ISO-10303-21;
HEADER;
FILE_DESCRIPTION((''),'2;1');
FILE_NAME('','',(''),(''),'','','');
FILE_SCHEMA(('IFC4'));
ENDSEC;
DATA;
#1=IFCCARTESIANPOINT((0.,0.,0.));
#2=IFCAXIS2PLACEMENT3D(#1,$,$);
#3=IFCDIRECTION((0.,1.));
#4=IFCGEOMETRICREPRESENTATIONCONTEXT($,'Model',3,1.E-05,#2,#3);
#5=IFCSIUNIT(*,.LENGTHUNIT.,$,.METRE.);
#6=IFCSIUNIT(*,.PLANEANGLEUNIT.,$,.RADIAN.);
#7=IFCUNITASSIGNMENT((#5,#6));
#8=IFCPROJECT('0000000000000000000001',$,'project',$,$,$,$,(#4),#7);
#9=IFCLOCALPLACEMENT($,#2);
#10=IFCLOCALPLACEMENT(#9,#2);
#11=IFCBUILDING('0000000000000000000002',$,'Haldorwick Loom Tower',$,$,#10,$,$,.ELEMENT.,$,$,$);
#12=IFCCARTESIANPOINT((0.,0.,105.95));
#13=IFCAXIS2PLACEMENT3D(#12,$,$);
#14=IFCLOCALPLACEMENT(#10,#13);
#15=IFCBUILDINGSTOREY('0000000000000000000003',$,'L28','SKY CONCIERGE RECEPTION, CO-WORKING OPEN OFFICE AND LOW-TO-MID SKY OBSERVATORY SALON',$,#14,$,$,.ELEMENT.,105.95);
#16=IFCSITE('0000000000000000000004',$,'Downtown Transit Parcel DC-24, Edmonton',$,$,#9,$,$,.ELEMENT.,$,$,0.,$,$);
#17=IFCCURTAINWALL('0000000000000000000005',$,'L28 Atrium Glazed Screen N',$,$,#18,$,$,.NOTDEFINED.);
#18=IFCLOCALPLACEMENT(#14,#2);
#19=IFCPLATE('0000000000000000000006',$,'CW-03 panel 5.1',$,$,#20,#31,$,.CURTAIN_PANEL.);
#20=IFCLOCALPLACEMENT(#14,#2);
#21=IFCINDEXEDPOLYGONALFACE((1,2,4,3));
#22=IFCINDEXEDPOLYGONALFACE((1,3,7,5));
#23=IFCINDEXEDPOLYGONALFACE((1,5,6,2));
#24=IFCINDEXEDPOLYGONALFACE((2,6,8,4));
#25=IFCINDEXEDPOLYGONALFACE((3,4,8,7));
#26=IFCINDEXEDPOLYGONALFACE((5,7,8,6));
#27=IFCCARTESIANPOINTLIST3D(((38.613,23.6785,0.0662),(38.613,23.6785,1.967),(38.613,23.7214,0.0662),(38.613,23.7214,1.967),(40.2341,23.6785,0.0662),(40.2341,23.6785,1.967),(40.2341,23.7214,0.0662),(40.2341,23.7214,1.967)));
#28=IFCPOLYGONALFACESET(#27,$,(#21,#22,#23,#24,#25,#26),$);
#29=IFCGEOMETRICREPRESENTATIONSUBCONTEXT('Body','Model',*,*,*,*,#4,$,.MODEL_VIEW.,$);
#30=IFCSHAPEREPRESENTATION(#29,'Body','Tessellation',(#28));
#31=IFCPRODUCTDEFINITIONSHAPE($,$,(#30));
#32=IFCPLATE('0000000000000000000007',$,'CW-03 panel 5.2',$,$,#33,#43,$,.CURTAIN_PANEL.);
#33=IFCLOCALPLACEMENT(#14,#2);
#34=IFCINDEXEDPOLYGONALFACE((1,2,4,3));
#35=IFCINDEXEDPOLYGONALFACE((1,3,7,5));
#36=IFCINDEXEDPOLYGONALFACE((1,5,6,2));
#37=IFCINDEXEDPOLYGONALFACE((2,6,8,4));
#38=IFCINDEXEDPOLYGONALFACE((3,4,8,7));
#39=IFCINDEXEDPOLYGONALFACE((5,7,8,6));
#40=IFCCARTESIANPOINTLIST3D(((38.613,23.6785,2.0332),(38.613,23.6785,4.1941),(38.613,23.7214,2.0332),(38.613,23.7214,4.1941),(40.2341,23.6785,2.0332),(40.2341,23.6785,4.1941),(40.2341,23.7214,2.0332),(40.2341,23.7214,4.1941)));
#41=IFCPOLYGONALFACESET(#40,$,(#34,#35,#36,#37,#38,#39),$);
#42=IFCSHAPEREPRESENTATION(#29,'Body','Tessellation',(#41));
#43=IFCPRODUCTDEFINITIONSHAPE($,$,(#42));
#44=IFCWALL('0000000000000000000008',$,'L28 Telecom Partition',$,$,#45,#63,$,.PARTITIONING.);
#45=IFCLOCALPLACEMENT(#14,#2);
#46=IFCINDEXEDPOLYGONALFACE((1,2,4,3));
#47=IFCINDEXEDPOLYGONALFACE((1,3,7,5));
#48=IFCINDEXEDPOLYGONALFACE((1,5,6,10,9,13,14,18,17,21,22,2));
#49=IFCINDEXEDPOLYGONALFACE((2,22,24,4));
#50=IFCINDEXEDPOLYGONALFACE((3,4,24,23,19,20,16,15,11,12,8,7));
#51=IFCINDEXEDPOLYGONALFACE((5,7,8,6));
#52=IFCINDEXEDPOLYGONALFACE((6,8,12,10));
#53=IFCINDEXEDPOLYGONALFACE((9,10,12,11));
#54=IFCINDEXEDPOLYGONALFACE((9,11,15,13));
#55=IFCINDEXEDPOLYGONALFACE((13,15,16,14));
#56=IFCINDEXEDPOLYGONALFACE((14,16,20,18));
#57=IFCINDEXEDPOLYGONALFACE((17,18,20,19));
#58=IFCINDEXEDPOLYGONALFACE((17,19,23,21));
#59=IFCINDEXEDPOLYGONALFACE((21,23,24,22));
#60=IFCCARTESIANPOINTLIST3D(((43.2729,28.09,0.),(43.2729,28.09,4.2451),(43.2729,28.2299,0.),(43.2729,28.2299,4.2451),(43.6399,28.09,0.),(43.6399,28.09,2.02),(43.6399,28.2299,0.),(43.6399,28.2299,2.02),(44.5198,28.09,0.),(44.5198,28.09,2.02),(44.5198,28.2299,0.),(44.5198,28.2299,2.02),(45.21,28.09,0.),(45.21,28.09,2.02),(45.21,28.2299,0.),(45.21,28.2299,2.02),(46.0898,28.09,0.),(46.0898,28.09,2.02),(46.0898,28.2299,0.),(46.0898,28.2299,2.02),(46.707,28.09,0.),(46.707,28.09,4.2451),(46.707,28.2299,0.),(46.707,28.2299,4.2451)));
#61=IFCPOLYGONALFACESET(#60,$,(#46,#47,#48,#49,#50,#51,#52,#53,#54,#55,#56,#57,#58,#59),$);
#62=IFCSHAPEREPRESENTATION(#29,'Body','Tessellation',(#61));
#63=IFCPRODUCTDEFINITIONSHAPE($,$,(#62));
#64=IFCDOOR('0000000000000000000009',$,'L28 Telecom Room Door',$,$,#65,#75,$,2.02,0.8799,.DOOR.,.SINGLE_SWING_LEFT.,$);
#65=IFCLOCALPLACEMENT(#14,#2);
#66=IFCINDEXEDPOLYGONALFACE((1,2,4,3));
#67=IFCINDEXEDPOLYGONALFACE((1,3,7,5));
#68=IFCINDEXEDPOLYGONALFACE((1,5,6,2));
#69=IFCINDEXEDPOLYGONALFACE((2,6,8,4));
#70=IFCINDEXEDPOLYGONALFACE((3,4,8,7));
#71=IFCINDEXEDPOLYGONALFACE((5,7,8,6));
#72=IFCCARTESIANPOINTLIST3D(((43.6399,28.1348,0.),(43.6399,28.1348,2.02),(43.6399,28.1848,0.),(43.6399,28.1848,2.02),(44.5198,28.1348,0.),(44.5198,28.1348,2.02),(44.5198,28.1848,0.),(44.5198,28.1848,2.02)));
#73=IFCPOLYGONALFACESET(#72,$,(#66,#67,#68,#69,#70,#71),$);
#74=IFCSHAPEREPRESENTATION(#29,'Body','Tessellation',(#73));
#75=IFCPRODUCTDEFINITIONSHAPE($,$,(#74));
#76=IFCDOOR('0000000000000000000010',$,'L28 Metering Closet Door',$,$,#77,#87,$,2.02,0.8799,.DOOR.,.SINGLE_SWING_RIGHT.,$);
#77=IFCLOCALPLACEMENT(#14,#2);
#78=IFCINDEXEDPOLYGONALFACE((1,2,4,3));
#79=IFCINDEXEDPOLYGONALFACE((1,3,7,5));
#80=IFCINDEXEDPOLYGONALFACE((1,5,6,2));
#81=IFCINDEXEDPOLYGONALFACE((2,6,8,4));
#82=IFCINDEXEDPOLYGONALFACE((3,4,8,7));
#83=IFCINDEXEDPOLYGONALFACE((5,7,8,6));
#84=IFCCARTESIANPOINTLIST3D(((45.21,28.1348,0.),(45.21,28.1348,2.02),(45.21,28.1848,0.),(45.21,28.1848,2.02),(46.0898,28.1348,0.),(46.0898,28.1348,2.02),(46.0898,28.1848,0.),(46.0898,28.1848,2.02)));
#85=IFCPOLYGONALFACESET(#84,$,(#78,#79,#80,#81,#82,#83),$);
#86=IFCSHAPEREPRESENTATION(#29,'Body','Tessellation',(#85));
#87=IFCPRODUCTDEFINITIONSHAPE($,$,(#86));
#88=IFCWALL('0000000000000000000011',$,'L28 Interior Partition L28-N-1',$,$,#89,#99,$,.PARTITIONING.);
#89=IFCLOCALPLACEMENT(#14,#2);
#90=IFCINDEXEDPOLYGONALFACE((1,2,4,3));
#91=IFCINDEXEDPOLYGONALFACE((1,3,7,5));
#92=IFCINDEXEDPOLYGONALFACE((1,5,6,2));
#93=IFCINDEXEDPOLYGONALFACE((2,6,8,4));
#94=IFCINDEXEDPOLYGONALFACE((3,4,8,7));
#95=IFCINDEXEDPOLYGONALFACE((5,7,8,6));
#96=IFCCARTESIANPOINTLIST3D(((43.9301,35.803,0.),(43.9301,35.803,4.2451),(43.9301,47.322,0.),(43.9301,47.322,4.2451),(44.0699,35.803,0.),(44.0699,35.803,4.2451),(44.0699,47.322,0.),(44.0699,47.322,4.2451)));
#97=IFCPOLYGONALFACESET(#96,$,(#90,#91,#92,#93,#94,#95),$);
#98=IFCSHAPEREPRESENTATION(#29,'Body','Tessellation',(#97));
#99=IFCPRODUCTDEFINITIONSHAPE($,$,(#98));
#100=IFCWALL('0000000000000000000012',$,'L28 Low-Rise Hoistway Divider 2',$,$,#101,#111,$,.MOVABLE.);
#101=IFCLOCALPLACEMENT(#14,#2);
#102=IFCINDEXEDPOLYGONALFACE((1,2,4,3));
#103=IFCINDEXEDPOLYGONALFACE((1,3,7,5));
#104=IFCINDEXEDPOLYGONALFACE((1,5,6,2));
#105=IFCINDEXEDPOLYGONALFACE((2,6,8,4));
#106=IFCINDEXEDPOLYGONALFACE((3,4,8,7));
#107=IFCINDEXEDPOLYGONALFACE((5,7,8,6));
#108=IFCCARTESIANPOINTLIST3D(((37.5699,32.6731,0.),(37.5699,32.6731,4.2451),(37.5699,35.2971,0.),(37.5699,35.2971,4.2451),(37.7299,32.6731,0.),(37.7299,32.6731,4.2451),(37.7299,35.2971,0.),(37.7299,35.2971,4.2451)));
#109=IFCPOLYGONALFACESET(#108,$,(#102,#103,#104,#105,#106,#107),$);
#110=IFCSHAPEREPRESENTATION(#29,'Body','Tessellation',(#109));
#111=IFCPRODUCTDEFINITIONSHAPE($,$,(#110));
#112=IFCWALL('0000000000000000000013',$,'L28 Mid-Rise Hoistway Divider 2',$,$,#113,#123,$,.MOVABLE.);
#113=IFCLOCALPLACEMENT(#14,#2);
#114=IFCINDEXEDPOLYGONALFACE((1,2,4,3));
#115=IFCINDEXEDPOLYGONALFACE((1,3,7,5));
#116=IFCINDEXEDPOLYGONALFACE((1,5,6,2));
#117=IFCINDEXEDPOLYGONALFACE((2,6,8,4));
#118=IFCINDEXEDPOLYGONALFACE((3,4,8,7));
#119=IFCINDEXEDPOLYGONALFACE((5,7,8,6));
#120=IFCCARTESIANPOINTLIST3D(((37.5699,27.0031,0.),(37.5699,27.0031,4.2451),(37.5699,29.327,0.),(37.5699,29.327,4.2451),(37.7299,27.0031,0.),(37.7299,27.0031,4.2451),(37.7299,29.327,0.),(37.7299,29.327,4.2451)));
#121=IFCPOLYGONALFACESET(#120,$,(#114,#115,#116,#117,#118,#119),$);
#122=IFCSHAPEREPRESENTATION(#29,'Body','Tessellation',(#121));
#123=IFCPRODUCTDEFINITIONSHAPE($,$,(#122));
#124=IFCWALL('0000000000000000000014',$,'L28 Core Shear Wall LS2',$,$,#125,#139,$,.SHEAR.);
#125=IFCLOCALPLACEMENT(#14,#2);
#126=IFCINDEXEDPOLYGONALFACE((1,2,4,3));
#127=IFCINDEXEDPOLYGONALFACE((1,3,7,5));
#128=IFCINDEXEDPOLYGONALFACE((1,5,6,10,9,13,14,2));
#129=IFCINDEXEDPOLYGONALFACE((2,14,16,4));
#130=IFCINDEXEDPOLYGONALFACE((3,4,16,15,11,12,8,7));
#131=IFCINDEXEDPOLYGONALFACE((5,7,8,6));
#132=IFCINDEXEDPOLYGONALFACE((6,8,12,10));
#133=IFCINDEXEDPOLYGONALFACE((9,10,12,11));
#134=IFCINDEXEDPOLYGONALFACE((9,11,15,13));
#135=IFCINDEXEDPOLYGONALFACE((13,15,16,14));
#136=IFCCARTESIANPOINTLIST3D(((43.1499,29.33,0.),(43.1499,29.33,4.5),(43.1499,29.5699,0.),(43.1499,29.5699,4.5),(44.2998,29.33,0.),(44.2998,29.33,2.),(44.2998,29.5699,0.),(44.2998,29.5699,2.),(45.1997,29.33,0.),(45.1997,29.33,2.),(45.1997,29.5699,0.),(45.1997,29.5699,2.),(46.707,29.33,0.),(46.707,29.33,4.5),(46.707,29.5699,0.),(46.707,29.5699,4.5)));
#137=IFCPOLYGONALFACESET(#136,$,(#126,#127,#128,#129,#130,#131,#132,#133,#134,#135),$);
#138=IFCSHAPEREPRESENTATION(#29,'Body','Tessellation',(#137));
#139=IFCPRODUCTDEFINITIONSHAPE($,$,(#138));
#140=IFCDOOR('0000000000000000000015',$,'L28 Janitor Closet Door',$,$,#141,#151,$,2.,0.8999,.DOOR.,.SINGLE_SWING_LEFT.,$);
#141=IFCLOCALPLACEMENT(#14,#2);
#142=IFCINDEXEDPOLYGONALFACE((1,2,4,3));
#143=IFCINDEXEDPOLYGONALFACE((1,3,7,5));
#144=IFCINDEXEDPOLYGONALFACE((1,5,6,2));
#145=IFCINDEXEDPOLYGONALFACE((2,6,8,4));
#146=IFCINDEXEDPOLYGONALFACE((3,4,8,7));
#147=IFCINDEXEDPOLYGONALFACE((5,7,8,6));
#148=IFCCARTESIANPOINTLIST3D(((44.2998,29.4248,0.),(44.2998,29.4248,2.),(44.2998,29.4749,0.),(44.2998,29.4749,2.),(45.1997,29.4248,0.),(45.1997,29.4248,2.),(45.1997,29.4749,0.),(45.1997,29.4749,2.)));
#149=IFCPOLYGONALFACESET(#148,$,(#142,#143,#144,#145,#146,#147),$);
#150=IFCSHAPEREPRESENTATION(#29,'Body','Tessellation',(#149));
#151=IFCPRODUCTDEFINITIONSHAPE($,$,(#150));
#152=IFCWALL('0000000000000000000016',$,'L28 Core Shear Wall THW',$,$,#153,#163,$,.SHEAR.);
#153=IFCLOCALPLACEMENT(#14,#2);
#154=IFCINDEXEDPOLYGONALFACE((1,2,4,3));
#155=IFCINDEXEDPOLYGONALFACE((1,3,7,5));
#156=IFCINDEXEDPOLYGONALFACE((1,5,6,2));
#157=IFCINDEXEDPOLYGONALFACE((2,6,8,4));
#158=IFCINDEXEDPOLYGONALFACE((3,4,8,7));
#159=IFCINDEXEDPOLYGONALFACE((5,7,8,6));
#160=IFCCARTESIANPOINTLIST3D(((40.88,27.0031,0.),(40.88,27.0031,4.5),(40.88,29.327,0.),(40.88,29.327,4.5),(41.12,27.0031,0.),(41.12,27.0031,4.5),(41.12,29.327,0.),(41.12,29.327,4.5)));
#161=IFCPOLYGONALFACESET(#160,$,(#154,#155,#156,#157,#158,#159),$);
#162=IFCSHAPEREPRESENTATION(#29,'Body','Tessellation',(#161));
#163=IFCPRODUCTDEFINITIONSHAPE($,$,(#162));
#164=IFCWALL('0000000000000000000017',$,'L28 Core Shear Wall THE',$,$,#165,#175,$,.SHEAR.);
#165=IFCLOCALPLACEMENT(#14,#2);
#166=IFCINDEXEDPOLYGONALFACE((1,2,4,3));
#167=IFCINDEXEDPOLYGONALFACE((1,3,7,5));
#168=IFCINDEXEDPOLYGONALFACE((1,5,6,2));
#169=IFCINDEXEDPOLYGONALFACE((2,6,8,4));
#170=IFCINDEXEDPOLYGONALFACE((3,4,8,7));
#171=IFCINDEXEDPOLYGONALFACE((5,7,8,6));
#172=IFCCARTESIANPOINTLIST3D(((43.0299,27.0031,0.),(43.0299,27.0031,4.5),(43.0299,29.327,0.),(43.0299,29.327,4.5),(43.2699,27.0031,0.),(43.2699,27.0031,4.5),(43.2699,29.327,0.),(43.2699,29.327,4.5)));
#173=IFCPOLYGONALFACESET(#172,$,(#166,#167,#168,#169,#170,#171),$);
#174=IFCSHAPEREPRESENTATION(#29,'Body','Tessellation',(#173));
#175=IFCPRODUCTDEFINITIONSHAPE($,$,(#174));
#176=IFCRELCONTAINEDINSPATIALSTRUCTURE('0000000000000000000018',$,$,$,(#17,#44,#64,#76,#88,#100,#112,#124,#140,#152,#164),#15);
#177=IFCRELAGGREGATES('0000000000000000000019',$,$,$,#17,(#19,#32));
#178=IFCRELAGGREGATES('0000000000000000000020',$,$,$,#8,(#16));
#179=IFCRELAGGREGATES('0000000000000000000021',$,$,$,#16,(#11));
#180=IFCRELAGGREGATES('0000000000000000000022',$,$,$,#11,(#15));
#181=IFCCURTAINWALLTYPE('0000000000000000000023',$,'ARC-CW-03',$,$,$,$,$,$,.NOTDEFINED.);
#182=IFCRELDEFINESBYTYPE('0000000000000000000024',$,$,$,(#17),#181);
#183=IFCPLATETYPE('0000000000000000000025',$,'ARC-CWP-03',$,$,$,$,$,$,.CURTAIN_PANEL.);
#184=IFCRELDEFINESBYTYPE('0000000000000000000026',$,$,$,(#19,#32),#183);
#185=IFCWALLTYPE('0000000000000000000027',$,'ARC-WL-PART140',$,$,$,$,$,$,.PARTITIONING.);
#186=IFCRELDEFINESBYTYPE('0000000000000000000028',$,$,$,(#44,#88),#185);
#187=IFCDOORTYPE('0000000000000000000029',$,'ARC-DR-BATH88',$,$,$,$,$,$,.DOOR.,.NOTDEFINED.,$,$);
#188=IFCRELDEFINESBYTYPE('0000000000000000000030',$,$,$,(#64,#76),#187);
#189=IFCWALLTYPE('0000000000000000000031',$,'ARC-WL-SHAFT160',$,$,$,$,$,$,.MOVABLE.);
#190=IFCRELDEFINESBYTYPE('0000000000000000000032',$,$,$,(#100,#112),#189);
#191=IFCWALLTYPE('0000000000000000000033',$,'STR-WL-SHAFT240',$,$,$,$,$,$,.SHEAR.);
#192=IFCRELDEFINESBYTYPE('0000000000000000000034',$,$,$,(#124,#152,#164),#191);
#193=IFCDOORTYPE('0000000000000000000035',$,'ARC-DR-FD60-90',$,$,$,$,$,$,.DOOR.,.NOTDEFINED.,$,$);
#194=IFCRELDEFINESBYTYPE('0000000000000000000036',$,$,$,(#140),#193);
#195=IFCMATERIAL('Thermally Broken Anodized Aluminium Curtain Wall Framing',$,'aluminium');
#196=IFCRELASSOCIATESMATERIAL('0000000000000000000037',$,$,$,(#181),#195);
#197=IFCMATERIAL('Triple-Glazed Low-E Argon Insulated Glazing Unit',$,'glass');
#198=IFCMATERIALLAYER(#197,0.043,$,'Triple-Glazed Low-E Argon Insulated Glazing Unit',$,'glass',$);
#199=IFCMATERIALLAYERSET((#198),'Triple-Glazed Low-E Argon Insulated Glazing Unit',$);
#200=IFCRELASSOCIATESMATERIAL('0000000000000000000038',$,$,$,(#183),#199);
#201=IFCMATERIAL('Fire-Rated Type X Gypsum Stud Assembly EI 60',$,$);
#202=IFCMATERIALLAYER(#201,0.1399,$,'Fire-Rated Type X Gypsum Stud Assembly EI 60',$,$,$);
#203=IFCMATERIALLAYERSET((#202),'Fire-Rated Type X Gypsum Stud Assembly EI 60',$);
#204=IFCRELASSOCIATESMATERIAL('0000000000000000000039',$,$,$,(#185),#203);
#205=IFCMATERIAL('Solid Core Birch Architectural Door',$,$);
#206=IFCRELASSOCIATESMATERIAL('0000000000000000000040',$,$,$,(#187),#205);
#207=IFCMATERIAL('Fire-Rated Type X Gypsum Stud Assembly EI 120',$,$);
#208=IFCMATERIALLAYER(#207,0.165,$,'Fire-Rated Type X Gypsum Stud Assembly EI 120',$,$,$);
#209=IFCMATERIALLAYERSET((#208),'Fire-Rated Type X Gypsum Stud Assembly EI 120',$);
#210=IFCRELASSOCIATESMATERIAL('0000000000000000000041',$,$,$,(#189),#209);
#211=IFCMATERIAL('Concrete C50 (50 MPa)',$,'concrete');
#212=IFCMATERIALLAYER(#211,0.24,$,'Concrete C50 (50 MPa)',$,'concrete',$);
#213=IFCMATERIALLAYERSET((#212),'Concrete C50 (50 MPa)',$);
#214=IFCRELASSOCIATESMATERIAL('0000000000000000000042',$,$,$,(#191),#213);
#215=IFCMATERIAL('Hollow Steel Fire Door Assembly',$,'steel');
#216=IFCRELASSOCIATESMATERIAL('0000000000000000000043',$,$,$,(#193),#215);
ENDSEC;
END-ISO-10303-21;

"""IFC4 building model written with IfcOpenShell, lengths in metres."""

from ifc_helpers import new_model, si_unit, direction, frame, frame_2d, origin, origin_2d, place, context, subcontext, project, spatial, rectangle, extrude, material, layer, layer_set, type_object, element, fill, aggregate, save


model = new_model("IFC4")

# Units and contexts
model_context = context("Model", 3, precision=1e-05, world=origin(), true_north=direction((0.0, 1.0)))
body_context = subcontext(model_context, "Body", "Model", "MODEL_VIEW")
ifc_project = project(units=[si_unit("LENGTHUNIT", "METRE"), si_unit("PLANEANGLEUNIT", "RADIAN")], contexts=[model_context])

# Site, building, storey
site_placement = place(None, origin())
site = spatial("IfcSite", under=ifc_project, at=site_placement, Name="Downtown Transit Parcel DC-24, Edmonton", CompositionType="ELEMENT", RefElevation=0.0)
building_placement = place(site_placement, origin())
building = spatial("IfcBuilding", under=site, at=building_placement, Name="Haldorwick Loom Tower", CompositionType="ELEMENT")
storey_placement = place(building_placement, frame((0.0, 0.0, 105.95)))
storey = spatial("IfcBuildingStorey", under=building, at=storey_placement, Name="L28", Description="SKY CONCIERGE RECEPTION, CO-WORKING OPEN OFFICE AND LOW-TO-MID SKY OBSERVATORY SALON", CompositionType="ELEMENT", Elevation=105.95)

# Curtain wall
ifc_material_1 = material(Name="Thermally Broken Anodized Aluminium Curtain Wall Framing", Category="aluminium")
curtain_wall_type = type_object("IfcCurtainWallType", Name="ARC-CW-03", PredefinedType="NOTDEFINED", material=ifc_material_1)
curtain_wall_placement = place(storey_placement, origin())
curtain_wall = element("IfcCurtainWall", 1, at=curtain_wall_placement, inside=storey, type_object=curtain_wall_type, Name="L28 Atrium Glazed Screen N", PredefinedType="NOTDEFINED")

# Plates
ifc_material_2 = material(Name="Triple-Glazed Low-E Argon Insulated Glazing Unit", Category="glass")
ifc_layer_1 = layer(ifc_material_2, 0.043, Name="Triple-Glazed Low-E Argon Insulated Glazing Unit", Category="glass")
ifc_layer_set_1 = layer_set([ifc_layer_1], Name="Triple-Glazed Low-E Argon Insulated Glazing Unit")
plate_type = type_object("IfcPlateType", Name="ARC-CWP-03", PredefinedType="CURTAIN_PANEL", material=ifc_layer_set_1)
plate_1_placement = place(storey_placement, frame((39.4236, 23.7, 0.0662), z_axis=(0.0, 0.0, 1.0), x_axis=(1.0, 0.0, 0.0)))
plate_1 = element("IfcPlate", 2, at=plate_1_placement, type_object=plate_type, Name="CW-03 panel 5.1", PredefinedType="CURTAIN_PANEL", context=body_context, shape_type="SweptSolid", body=[
    extrude(rectangle(XDim=1.6211, YDim=0.043, at=origin_2d()), origin(), (0.0, 0.0, 1.0), 1.9009),
])
plate_2_placement = place(storey_placement, frame((39.4236, 23.7, 2.0332), z_axis=(0.0, 0.0, 1.0), x_axis=(1.0, 0.0, 0.0)))
plate_2 = element("IfcPlate", 3, at=plate_2_placement, type_object=plate_type, Name="CW-03 panel 5.2", PredefinedType="CURTAIN_PANEL", context=body_context, shape_type="SweptSolid", body=[
    extrude(rectangle(XDim=1.6211, YDim=0.043, at=origin_2d()), origin(), (0.0, 0.0, 1.0), 2.1609),
])
aggregate(curtain_wall, [plate_1, plate_2])

# Wall, openings, doors
ifc_material_3 = material(Name="Fire-Rated Type X Gypsum Stud Assembly EI 60")
ifc_layer_2 = layer(ifc_material_3, 0.1399, Name="Fire-Rated Type X Gypsum Stud Assembly EI 60")
ifc_layer_set_2 = layer_set([ifc_layer_2], Name="Fire-Rated Type X Gypsum Stud Assembly EI 60")
wall_type_1 = type_object("IfcWallType", Name="ARC-WL-PART140", PredefinedType="PARTITIONING", material=ifc_layer_set_2)
wall_1_placement = place(storey_placement, frame((43.2729, 28.1599, 0.0), z_axis=(0.0, 0.0, 1.0), x_axis=(1.0, 0.0, 0.0)))
wall_1 = element("IfcWall", 4, at=wall_1_placement, inside=storey, type_object=wall_type_1, Name="L28 Telecom Partition", PredefinedType="PARTITIONING", context=body_context, shape_type="SweptSolid", body=[
    extrude(rectangle(XDim=3.4341, YDim=0.1399, at=frame_2d((1.717, 0.0))), origin(), (0.0, 0.0, 1.0), 4.2451),
])
opening_1_placement = place(wall_1_placement, frame((0.3669, 0.0, 0.0)))
opening_1 = element("IfcOpeningElement", 5, at=opening_1_placement, cuts=wall_1, PredefinedType="OPENING", context=body_context, shape_type="SweptSolid", body=[
    extrude(rectangle(XDim=0.8799, YDim=2.02, at=frame_2d((0.4399, 1.01))), frame((0.0, 0.0798, 0.0), z_axis=(0.0, -1.0, 0.0), x_axis=(1.0, 0.0, 0.0)), (0.0, 0.0, 1.0), 0.1599),
])
opening_2_placement = place(wall_1_placement, frame((1.937, 0.0, 0.0)))
opening_2 = element("IfcOpeningElement", 6, at=opening_2_placement, cuts=wall_1, PredefinedType="OPENING", context=body_context, shape_type="SweptSolid", body=[
    extrude(rectangle(XDim=0.8799, YDim=2.02, at=frame_2d((0.4399, 1.01))), frame((0.0, 0.0798, 0.0), z_axis=(0.0, -1.0, 0.0), x_axis=(1.0, 0.0, 0.0)), (0.0, 0.0, 1.0), 0.1599),
])
ifc_material_4 = material(Name="Solid Core Birch Architectural Door")
door_type_1 = type_object("IfcDoorType", Name="ARC-DR-BATH88", OperationType="NOTDEFINED", PredefinedType="DOOR", material=ifc_material_4)
door_1_placement = place(opening_1_placement, origin())
door_1 = element("IfcDoor", 7, at=door_1_placement, inside=storey, type_object=door_type_1, Name="L28 Telecom Room Door", OperationType="SINGLE_SWING_LEFT", OverallHeight=2.02, OverallWidth=0.8799, PredefinedType="DOOR", context=body_context, shape_type="SweptSolid", body=[
    extrude(rectangle(XDim=0.8799, YDim=2.02, at=frame_2d((0.4399, 1.01))), frame((0.0, 0.0249, 0.0), z_axis=(0.0, -1.0, 0.0), x_axis=(1.0, 0.0, 0.0)), (0.0, 0.0, 1.0), 0.05),
])
fill(opening_1, door_1)
door_2_placement = place(opening_2_placement, origin())
door_2 = element("IfcDoor", 8, at=door_2_placement, inside=storey, type_object=door_type_1, Name="L28 Metering Closet Door", OperationType="SINGLE_SWING_RIGHT", OverallHeight=2.02, OverallWidth=0.8799, PredefinedType="DOOR", context=body_context, shape_type="SweptSolid", body=[
    extrude(rectangle(XDim=0.8799, YDim=2.02, at=frame_2d((0.4399, 1.01))), frame((0.0, 0.0249, 0.0), z_axis=(0.0, -1.0, 0.0), x_axis=(1.0, 0.0, 0.0)), (0.0, 0.0, 1.0), 0.05),
])
fill(opening_2, door_2)

# Walls
wall_2_placement = place(storey_placement, frame((44.0, 35.803, 0.0), z_axis=(0.0, 0.0, 1.0), x_axis=(0.0, 1.0, 0.0)))
element("IfcWall", 9, at=wall_2_placement, inside=storey, type_object=wall_type_1, Name="L28 Interior Partition L28-N-1", PredefinedType="PARTITIONING", context=body_context, shape_type="SweptSolid", body=[
    extrude(rectangle(XDim=11.519, YDim=0.1399, at=frame_2d((5.7595, 0.0))), origin(), (0.0, 0.0, 1.0), 4.2451),
])
ifc_material_5 = material(Name="Fire-Rated Type X Gypsum Stud Assembly EI 120")
ifc_layer_3 = layer(ifc_material_5, 0.165, Name="Fire-Rated Type X Gypsum Stud Assembly EI 120")
ifc_layer_set_3 = layer_set([ifc_layer_3], Name="Fire-Rated Type X Gypsum Stud Assembly EI 120")
wall_type_2 = type_object("IfcWallType", Name="ARC-WL-SHAFT160", PredefinedType="MOVABLE", material=ifc_layer_set_3)
wall_3_placement = place(storey_placement, frame((37.6499, 32.6731, 0.0), z_axis=(0.0, 0.0, 1.0), x_axis=(0.0, 1.0, 0.0)))
element("IfcWall", 10, at=wall_3_placement, inside=storey, type_object=wall_type_2, Name="L28 Low-Rise Hoistway Divider 2", PredefinedType="MOVABLE", context=body_context, shape_type="SweptSolid", body=[
    extrude(rectangle(XDim=2.624, YDim=0.1599, at=frame_2d((1.312, 0.0))), origin(), (0.0, 0.0, 1.0), 4.2451),
])
wall_4_placement = place(storey_placement, frame((37.6499, 27.0029, 0.0), z_axis=(0.0, 0.0, 1.0), x_axis=(0.0, 1.0, 0.0)))
element("IfcWall", 11, at=wall_4_placement, inside=storey, type_object=wall_type_2, Name="L28 Mid-Rise Hoistway Divider 2", PredefinedType="MOVABLE", context=body_context, shape_type="SweptSolid", body=[
    extrude(rectangle(XDim=2.324, YDim=0.1599, at=frame_2d((1.1621, 0.0))), origin(), (0.0, 0.0, 1.0), 4.2451),
])

# Wall, opening, door
ifc_material_6 = material(Name="Concrete C50 (50 MPa)", Category="concrete")
ifc_layer_4 = layer(ifc_material_6, 0.24, Name="Concrete C50 (50 MPa)", Category="concrete")
ifc_layer_set_4 = layer_set([ifc_layer_4], Name="Concrete C50 (50 MPa)")
wall_type_3 = type_object("IfcWallType", Name="STR-WL-SHAFT240", PredefinedType="SHEAR", material=ifc_layer_set_4)
wall_5_placement = place(storey_placement, frame((43.1499, 29.45, 0.0), z_axis=(0.0, 0.0, 1.0), x_axis=(1.0, 0.0, 0.0)))
wall_5 = element("IfcWall", 12, at=wall_5_placement, inside=storey, type_object=wall_type_3, Name="L28 Core Shear Wall LS2", PredefinedType="SHEAR", context=body_context, shape_type="SweptSolid", body=[
    extrude(rectangle(XDim=3.5571, YDim=0.24, at=frame_2d((1.7786, 0.0))), origin(), (0.0, 0.0, 1.0), 4.5),
])
opening_3_placement = place(wall_5_placement, frame((1.1499, 0.0, 0.0)))
opening_3 = element("IfcOpeningElement", 13, at=opening_3_placement, cuts=wall_5, PredefinedType="OPENING", context=body_context, shape_type="SweptSolid", body=[
    extrude(rectangle(XDim=0.8999, YDim=2.0, at=frame_2d((0.45, 1.0))), frame((0.0, 0.1299, 0.0), z_axis=(0.0, -1.0, 0.0), x_axis=(1.0, 0.0, 0.0)), (0.0, 0.0, 1.0), 0.26),
])
ifc_material_7 = material(Name="Hollow Steel Fire Door Assembly", Category="steel")
door_type_2 = type_object("IfcDoorType", Name="ARC-DR-FD60-90", OperationType="NOTDEFINED", PredefinedType="DOOR", material=ifc_material_7)
door_3_placement = place(opening_3_placement, origin())
door_3 = element("IfcDoor", 14, at=door_3_placement, inside=storey, type_object=door_type_2, Name="L28 Janitor Closet Door", OperationType="SINGLE_SWING_LEFT", OverallHeight=2.0, OverallWidth=0.8999, PredefinedType="DOOR", context=body_context, shape_type="SweptSolid", body=[
    extrude(rectangle(XDim=0.8999, YDim=2.0, at=frame_2d((0.45, 1.0))), frame((0.0, 0.0249, 0.0), z_axis=(0.0, -1.0, 0.0), x_axis=(1.0, 0.0, 0.0)), (0.0, 0.0, 1.0), 0.05),
])
fill(opening_3, door_3)

# Walls
for number, where, z_axis, x_axis, name in (
    (15, (41.0, 27.0029, 0.0), (0.0, 0.0, 1.0), (0.0, 1.0, 0.0), "L28 Core Shear Wall THW"),
    (16, (43.1499, 27.0029, 0.0), (0.0, 0.0, 1.0), (0.0, 1.0, 0.0), "L28 Core Shear Wall THE"),
):
    element("IfcWall", number, at=place(storey_placement, frame(where, z_axis=z_axis, x_axis=x_axis)), inside=storey, type_object=wall_type_3, Name=name, PredefinedType="SHEAR", context=body_context, shape_type="SweptSolid", body=[
        extrude(rectangle(XDim=2.324, YDim=0.24, at=frame_2d((1.1621, 0.0))), origin(), (0.0, 0.0, 1.0), 4.5),
    ])

save(model, "model.ifc")
